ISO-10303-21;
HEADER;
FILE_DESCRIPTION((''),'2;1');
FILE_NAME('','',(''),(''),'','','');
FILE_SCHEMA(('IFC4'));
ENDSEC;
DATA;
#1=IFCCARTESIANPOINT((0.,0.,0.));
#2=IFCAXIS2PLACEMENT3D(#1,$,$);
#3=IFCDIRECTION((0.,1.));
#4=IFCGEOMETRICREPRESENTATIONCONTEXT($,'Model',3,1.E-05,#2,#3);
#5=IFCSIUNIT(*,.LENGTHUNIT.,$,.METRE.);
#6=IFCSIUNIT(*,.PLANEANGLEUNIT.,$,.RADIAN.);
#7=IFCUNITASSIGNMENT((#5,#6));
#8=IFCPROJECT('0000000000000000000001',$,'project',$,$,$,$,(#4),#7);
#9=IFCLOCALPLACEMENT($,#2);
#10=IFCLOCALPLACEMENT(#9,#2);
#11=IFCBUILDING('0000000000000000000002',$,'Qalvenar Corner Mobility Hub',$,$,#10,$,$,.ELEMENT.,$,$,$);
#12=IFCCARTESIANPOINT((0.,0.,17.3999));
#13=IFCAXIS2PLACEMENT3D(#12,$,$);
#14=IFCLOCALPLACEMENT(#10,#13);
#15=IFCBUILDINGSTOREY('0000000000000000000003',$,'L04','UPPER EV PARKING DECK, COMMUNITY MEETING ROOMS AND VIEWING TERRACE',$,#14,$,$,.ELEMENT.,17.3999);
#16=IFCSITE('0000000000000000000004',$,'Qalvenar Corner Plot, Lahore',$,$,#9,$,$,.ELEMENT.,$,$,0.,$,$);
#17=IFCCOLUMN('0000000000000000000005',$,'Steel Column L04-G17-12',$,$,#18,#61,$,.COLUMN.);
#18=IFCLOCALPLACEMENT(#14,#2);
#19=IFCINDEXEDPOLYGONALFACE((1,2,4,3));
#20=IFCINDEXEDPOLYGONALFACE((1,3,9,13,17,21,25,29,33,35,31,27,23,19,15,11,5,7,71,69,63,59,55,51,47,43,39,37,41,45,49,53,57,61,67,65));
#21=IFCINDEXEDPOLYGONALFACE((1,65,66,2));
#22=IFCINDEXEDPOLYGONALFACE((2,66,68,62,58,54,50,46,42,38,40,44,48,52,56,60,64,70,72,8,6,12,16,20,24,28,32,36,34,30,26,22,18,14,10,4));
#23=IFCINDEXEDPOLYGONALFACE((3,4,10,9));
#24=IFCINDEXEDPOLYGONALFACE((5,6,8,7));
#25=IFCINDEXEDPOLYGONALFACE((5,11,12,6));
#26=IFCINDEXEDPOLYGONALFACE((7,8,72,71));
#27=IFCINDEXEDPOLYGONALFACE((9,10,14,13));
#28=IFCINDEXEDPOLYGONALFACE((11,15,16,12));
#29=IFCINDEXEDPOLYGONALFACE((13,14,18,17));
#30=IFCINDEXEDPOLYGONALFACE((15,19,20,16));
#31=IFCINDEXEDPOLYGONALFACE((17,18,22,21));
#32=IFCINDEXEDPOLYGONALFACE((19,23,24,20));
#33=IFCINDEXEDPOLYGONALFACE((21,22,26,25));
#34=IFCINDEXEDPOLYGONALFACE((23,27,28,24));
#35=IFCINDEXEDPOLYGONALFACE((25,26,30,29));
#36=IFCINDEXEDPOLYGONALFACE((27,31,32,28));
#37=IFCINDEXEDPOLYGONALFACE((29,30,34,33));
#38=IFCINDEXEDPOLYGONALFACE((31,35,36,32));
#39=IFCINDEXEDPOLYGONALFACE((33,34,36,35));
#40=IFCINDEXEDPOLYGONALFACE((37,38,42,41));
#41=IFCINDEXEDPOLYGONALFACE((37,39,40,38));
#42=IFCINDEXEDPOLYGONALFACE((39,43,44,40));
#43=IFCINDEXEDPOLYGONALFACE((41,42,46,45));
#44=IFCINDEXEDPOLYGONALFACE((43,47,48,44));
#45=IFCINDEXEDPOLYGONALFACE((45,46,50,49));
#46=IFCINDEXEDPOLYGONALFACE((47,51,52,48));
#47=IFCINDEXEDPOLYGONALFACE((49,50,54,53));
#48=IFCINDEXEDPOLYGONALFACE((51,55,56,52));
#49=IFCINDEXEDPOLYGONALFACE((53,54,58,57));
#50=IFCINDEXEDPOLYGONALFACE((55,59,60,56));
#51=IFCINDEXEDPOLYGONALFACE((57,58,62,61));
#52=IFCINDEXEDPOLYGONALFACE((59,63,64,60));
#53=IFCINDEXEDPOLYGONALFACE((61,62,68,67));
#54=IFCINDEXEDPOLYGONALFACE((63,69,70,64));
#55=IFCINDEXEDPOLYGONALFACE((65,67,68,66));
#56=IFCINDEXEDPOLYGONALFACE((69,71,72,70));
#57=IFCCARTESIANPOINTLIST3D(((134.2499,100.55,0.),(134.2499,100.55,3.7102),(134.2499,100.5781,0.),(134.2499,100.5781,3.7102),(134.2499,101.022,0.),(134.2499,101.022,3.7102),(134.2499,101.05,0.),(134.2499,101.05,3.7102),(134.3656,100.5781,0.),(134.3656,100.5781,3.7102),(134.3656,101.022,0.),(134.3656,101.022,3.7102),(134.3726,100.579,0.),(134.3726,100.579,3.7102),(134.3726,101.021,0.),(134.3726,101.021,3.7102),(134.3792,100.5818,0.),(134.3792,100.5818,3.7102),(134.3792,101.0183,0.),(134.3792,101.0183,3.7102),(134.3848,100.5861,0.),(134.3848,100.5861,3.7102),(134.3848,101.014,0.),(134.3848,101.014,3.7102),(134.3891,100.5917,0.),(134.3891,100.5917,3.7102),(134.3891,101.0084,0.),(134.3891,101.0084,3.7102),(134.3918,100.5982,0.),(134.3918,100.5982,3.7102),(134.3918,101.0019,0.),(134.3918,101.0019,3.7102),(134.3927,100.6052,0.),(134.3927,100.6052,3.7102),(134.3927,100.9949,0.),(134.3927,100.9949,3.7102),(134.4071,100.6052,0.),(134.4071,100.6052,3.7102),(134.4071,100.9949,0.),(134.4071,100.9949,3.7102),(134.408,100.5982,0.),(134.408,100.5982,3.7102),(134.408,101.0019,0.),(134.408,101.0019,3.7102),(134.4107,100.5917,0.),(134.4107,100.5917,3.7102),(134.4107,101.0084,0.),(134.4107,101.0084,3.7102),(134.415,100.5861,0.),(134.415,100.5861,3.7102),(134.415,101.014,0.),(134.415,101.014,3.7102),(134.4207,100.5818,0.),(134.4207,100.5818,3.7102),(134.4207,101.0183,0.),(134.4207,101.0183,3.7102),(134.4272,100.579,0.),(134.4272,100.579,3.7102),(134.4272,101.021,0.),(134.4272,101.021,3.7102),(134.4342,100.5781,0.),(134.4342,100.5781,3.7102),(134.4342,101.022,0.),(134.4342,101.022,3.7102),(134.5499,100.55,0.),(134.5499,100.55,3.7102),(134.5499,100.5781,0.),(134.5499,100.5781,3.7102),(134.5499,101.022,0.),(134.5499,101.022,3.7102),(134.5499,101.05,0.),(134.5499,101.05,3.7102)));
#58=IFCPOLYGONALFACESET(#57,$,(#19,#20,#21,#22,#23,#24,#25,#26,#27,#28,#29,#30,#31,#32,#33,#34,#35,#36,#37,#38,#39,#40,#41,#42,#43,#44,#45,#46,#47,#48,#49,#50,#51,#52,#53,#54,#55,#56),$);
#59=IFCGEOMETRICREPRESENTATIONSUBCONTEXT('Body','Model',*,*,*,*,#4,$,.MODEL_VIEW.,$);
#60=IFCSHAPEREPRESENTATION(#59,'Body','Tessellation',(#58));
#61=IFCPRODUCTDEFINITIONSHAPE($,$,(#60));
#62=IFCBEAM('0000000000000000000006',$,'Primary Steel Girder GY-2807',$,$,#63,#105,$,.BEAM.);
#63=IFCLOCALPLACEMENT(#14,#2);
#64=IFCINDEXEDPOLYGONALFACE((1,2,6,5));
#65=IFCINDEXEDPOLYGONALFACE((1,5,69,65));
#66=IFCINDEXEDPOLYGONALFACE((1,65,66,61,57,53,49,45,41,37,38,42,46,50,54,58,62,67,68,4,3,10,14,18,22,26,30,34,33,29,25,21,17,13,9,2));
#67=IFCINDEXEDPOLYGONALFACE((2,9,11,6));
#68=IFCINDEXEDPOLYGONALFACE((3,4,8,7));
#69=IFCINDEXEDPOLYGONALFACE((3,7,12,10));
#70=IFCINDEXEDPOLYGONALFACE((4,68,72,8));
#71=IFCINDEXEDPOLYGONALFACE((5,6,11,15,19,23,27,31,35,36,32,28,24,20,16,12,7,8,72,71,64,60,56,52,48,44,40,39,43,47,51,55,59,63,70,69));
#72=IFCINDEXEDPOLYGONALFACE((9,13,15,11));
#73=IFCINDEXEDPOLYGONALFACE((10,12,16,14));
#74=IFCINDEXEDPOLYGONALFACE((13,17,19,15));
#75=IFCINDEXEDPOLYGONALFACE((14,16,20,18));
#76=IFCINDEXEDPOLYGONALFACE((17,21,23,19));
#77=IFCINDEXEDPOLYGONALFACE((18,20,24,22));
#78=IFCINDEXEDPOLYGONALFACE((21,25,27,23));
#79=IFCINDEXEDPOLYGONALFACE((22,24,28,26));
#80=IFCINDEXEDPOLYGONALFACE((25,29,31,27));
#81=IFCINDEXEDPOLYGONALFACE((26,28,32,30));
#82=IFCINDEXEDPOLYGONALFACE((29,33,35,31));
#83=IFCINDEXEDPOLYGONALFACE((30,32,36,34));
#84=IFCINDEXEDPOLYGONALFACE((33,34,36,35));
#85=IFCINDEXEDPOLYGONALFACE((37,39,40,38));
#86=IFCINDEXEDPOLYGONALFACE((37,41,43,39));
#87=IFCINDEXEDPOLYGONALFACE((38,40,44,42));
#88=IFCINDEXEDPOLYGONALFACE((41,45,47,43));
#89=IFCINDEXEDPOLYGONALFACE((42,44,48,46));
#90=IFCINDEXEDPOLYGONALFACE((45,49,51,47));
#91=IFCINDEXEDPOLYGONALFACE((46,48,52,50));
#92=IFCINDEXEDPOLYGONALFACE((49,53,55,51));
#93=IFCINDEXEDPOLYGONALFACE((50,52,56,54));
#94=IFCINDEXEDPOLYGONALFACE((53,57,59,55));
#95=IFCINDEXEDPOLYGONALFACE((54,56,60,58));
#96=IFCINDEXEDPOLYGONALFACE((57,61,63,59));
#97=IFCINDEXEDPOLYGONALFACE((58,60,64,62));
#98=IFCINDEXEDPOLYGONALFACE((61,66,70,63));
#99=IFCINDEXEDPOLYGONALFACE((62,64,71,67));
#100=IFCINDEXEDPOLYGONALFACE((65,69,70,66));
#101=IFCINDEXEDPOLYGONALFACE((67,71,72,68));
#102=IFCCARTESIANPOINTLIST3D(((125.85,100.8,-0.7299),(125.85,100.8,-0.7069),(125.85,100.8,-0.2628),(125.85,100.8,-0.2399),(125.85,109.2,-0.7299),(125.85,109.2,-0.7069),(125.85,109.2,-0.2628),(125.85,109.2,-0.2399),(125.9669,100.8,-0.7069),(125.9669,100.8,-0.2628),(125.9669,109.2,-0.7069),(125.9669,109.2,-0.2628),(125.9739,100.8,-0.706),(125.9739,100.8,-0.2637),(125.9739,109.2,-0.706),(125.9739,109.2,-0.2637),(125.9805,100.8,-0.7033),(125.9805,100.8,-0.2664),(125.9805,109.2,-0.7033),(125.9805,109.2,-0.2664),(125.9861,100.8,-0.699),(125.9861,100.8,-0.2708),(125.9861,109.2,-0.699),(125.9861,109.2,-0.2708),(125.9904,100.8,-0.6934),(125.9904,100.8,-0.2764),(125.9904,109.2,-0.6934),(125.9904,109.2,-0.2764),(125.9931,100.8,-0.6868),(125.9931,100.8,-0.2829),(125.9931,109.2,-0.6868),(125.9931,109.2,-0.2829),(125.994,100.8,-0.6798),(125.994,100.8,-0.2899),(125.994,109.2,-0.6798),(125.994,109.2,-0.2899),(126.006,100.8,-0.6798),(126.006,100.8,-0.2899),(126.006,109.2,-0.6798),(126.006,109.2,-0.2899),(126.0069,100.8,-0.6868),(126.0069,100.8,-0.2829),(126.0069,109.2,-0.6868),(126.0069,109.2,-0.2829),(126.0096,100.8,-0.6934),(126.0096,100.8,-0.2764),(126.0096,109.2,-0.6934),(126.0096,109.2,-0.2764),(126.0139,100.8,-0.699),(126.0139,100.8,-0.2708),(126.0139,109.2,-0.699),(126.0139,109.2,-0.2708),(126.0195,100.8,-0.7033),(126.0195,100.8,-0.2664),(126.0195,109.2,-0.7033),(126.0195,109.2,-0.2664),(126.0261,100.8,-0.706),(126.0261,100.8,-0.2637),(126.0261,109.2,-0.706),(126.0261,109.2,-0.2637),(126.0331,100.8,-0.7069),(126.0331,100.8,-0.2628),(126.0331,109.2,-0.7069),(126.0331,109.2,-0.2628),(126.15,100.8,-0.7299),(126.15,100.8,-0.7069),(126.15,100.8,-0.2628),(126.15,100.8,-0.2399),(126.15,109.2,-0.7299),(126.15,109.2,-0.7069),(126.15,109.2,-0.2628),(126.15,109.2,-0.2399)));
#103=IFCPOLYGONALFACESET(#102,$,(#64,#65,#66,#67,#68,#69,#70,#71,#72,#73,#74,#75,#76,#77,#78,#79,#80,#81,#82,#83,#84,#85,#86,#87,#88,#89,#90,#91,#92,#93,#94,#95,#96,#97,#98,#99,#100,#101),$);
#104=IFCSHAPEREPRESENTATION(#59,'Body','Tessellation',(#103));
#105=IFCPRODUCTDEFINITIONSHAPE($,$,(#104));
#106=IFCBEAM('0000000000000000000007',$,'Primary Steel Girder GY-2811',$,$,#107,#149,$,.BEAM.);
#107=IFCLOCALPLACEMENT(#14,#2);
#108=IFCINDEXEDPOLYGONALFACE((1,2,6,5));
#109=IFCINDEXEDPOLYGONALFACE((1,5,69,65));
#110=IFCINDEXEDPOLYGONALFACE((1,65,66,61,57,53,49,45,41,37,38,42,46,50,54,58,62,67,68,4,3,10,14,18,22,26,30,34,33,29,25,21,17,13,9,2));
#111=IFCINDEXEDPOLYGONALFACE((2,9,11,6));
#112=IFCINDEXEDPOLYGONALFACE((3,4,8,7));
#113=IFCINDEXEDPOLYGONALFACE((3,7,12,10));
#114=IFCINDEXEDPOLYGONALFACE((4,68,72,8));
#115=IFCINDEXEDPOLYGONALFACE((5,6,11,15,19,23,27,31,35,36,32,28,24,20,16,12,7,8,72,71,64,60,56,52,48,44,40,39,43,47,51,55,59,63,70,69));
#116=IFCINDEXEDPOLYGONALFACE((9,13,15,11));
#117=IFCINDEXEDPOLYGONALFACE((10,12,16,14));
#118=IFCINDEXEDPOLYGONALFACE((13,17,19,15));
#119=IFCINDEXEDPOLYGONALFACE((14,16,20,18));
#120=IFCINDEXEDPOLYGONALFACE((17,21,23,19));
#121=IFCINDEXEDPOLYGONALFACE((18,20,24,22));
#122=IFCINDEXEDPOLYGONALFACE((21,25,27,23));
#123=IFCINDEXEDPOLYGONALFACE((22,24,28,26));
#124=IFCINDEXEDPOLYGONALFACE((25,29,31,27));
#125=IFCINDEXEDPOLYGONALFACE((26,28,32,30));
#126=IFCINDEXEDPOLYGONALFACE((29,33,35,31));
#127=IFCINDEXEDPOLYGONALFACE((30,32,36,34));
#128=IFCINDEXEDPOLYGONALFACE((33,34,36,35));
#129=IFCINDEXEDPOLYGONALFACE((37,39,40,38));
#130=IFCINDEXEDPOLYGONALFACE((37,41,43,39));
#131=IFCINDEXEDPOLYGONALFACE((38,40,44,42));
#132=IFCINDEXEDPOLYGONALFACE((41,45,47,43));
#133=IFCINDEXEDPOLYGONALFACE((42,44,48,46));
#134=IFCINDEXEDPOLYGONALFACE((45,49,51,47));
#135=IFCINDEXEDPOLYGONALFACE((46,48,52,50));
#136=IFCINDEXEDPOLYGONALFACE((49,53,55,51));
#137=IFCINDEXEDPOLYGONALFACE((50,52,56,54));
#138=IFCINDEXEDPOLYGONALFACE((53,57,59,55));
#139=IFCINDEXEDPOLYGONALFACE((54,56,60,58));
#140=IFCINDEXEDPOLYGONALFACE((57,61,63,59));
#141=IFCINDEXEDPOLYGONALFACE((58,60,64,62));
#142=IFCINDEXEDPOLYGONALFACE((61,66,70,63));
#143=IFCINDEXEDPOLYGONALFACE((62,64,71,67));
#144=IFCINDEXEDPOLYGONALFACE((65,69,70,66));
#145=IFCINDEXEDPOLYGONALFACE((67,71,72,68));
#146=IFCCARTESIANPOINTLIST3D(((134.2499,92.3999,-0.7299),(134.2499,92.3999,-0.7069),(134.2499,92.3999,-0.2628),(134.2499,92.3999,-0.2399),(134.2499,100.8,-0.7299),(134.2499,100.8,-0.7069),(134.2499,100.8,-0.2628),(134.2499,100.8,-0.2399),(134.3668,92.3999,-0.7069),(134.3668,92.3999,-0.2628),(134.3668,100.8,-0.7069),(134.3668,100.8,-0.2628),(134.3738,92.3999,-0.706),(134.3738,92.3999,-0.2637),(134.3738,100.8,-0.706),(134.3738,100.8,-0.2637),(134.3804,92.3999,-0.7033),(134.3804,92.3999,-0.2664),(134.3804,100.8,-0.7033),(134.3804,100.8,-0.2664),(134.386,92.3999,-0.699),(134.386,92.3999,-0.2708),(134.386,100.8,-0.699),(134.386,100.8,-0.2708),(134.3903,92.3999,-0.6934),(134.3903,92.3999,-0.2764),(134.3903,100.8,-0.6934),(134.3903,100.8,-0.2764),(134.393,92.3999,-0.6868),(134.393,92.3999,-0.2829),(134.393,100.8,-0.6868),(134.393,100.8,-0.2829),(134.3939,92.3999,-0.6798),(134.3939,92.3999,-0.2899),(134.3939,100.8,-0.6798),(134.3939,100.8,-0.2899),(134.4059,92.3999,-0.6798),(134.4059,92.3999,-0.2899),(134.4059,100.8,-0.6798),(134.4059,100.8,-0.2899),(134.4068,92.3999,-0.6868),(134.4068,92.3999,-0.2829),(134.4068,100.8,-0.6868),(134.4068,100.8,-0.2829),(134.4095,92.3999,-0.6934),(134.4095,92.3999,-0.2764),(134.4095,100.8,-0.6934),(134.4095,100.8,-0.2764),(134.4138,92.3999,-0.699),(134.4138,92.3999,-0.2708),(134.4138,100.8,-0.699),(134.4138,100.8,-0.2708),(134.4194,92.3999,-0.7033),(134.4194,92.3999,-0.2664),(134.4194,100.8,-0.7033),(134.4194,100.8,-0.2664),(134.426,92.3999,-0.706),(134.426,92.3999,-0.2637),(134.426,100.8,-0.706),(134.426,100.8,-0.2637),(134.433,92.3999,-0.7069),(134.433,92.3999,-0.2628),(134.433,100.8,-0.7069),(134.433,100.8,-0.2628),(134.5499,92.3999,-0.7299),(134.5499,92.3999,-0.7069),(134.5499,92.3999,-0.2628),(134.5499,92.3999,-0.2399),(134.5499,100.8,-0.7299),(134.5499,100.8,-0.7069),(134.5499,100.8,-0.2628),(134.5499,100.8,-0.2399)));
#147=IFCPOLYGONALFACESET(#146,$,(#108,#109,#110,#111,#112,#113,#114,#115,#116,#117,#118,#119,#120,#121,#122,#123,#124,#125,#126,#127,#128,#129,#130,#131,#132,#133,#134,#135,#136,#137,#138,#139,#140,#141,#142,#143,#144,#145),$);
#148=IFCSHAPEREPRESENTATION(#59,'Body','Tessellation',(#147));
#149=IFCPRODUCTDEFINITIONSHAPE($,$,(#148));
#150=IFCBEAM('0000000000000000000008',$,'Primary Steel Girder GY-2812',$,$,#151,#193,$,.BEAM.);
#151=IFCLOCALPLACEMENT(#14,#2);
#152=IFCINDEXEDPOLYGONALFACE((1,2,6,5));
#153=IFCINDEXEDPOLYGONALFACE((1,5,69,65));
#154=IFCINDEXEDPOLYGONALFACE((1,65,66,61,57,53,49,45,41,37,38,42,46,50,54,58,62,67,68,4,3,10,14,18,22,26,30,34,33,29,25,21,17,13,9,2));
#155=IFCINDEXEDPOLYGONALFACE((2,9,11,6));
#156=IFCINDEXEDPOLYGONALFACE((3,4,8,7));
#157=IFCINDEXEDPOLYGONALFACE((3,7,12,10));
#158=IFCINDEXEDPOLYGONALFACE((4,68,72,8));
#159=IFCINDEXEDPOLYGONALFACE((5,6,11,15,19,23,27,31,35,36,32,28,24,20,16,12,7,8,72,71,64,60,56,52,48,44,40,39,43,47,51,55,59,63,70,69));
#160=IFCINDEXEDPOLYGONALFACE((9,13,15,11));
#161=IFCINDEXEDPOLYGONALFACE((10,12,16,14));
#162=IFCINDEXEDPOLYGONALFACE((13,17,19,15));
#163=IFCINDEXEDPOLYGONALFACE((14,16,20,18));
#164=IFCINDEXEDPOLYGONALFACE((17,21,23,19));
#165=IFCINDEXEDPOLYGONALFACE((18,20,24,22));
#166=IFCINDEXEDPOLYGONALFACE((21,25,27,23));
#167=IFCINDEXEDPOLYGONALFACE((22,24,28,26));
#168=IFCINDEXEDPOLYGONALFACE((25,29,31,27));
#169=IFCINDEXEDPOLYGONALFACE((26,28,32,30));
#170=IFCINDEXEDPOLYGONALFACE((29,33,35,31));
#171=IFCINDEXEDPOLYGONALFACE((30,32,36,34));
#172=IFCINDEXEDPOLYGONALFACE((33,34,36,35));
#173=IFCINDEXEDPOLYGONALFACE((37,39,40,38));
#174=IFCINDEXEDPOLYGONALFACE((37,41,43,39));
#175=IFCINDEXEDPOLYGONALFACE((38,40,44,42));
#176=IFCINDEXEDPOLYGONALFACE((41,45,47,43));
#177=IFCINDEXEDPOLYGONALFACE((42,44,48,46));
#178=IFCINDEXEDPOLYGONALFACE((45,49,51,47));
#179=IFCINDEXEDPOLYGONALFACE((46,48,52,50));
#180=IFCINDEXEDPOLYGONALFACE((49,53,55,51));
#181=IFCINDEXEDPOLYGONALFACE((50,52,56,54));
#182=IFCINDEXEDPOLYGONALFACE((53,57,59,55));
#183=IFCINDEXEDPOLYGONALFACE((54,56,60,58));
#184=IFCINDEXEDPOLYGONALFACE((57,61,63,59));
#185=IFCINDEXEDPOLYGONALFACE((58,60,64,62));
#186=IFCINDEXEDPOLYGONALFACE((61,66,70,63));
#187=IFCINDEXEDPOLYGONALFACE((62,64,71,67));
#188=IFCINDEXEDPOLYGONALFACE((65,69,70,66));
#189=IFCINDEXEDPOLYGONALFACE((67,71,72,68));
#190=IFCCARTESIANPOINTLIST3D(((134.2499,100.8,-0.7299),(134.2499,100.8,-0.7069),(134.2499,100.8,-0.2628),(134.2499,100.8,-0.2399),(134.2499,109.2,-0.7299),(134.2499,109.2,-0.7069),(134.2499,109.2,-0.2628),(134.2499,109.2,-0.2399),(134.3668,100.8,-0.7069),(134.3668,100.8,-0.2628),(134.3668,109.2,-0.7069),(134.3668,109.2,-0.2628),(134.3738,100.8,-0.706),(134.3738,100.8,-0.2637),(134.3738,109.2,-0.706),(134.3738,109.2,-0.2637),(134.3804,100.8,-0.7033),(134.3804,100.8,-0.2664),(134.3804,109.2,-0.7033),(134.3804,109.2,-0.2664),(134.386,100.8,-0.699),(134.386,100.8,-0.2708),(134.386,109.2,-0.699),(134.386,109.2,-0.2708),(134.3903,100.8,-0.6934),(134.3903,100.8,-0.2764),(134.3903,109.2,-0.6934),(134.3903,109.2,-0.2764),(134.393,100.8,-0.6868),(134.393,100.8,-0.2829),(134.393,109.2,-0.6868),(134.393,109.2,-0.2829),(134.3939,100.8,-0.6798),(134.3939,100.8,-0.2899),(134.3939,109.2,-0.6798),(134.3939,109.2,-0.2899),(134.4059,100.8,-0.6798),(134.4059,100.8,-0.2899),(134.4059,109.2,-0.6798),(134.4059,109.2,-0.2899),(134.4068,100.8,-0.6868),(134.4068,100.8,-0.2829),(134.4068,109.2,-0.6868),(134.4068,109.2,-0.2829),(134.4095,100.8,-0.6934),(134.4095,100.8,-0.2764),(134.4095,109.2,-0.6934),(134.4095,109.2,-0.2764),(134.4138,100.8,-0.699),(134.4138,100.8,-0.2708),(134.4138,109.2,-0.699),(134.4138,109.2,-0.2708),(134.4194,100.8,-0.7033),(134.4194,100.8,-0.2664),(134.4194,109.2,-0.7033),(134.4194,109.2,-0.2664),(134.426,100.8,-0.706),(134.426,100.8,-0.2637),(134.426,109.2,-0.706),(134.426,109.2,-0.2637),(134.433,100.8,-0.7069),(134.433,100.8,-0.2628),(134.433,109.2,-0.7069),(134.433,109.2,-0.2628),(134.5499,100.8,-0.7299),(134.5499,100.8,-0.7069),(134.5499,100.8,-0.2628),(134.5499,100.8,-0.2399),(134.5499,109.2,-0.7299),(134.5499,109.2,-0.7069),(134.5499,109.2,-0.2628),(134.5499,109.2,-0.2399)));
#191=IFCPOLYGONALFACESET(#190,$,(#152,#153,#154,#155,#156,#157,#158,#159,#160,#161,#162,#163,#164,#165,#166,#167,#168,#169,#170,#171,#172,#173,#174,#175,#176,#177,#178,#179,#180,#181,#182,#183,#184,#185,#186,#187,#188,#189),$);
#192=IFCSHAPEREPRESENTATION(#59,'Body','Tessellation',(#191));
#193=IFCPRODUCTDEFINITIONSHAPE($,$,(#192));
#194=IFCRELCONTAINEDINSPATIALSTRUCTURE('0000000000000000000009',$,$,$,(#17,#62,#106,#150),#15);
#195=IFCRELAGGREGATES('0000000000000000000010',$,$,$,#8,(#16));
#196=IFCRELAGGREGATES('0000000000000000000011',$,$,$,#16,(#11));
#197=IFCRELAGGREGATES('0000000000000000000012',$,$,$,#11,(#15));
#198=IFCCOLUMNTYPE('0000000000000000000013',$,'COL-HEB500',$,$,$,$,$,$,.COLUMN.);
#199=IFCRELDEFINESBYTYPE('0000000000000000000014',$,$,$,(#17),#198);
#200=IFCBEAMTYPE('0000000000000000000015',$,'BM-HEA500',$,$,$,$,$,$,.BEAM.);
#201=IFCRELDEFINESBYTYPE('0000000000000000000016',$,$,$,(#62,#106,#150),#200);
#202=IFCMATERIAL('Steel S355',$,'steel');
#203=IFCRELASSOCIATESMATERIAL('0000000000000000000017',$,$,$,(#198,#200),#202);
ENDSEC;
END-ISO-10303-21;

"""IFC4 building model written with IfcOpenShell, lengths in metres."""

from ifc_helpers import new_model, si_unit, direction, frame, origin, origin_2d, place, context, subcontext, project, spatial, i_section, extrude, material, material_profile, profile_set, type_object, element, save


model = new_model("IFC4")

# Units and contexts
model_context = context("Model", 3, precision=1e-05, world=origin(), true_north=direction((0.0, 1.0)))
body_context = subcontext(model_context, "Body", "Model", "MODEL_VIEW")
ifc_project = project(units=[si_unit("LENGTHUNIT", "METRE"), si_unit("PLANEANGLEUNIT", "RADIAN")], contexts=[model_context])

# Site, building, storey
site_placement = place(None, origin())
site = spatial("IfcSite", under=ifc_project, at=site_placement, Name="Qalvenar Corner Plot, Lahore", CompositionType="ELEMENT", RefElevation=0.0)
building_placement = place(site_placement, origin())
building = spatial("IfcBuilding", under=site, at=building_placement, Name="Qalvenar Corner Mobility Hub", CompositionType="ELEMENT")
storey_placement = place(building_placement, frame((0.0, 0.0, 17.3999)))
storey = spatial("IfcBuildingStorey", under=building, at=storey_placement, Name="L04", Description="UPPER EV PARKING DECK, COMMUNITY MEETING ROOMS AND VIEWING TERRACE", CompositionType="ELEMENT", Elevation=17.3999)

# Column
ifc_material_1 = material(Name="Steel S355", Category="steel")
ifc_material_profile_1 = material_profile(ifc_material_1, i_section(OverallWidth=0.3, OverallDepth=0.5, WebThickness=0.0144, FlangeThickness=0.0281, FilletRadius=0.0271, at=origin_2d()), Name="HEB500")
ifc_profile_set_1 = profile_set([ifc_material_profile_1], Name="Steel S355")
column_type_1 = type_object("IfcColumnType", Name="COL-HEB500", PredefinedType="COLUMN", material=ifc_profile_set_1)
column_placement = place(storey_placement, frame((134.3999, 100.8, 0.0), z_axis=(0.0, 0.0, 1.0), x_axis=(1.0, 0.0, 0.0)))
element("IfcColumn", 1, at=column_placement, inside=storey, type_object=column_type_1, Name="Steel Column L04-G17-12", PredefinedType="COLUMN", context=body_context, shape_type="SweptSolid", body=[
    extrude(i_section(OverallWidth=0.3, OverallDepth=0.5, WebThickness=0.0144, FlangeThickness=0.0281, FilletRadius=0.0271, at=origin_2d()), origin(), (0.0, 0.0, 1.0), 3.7102),
])

# Beams
ifc_material_profile_2 = material_profile(ifc_material_1, i_section(OverallWidth=0.3, OverallDepth=0.49, WebThickness=0.012, FlangeThickness=0.0229, FilletRadius=0.0271, at=origin_2d()), Name="HEA500")
ifc_profile_set_2 = profile_set([ifc_material_profile_2], Name="Steel S355")
beam_type_1 = type_object("IfcBeamType", Name="BM-HEA500", PredefinedType="BEAM", material=ifc_profile_set_2)
beam_1_placement = place(storey_placement, frame((126.0, 100.8, -0.4849), z_axis=(0.0, 1.0, 0.0), x_axis=(-1.0, 0.0, 0.0)))
element("IfcBeam", 2, at=beam_1_placement, inside=storey, type_object=beam_type_1, Name="Primary Steel Girder GY-2807", PredefinedType="BEAM", context=body_context, shape_type="SweptSolid", body=[
    extrude(i_section(OverallWidth=0.3, OverallDepth=0.49, WebThickness=0.012, FlangeThickness=0.0229, FilletRadius=0.0271, at=origin_2d()), origin(), (0.0, 0.0, 1.0), 8.3999),
])
beam_2_placement = place(storey_placement, frame((134.3999, 92.3999, -0.4849), z_axis=(0.0, 1.0, 0.0), x_axis=(-1.0, 0.0, 0.0)))
element("IfcBeam", 3, at=beam_2_placement, inside=storey, type_object=beam_type_1, Name="Primary Steel Girder GY-2811", PredefinedType="BEAM", context=body_context, shape_type="SweptSolid", body=[
    extrude(i_section(OverallWidth=0.3, OverallDepth=0.49, WebThickness=0.012, FlangeThickness=0.0229, FilletRadius=0.0271, at=origin_2d()), origin(), (0.0, 0.0, 1.0), 8.4001),
])
beam_3_placement = place(storey_placement, frame((134.3999, 100.8, -0.4849), z_axis=(0.0, 1.0, 0.0), x_axis=(-1.0, 0.0, 0.0)))
element("IfcBeam", 4, at=beam_3_placement, inside=storey, type_object=beam_type_1, Name="Primary Steel Girder GY-2812", PredefinedType="BEAM", context=body_context, shape_type="SweptSolid", body=[
    extrude(i_section(OverallWidth=0.3, OverallDepth=0.49, WebThickness=0.012, FlangeThickness=0.0229, FilletRadius=0.0271, at=origin_2d()), origin(), (0.0, 0.0, 1.0), 8.3999),
])

save(model, "model.ifc")
